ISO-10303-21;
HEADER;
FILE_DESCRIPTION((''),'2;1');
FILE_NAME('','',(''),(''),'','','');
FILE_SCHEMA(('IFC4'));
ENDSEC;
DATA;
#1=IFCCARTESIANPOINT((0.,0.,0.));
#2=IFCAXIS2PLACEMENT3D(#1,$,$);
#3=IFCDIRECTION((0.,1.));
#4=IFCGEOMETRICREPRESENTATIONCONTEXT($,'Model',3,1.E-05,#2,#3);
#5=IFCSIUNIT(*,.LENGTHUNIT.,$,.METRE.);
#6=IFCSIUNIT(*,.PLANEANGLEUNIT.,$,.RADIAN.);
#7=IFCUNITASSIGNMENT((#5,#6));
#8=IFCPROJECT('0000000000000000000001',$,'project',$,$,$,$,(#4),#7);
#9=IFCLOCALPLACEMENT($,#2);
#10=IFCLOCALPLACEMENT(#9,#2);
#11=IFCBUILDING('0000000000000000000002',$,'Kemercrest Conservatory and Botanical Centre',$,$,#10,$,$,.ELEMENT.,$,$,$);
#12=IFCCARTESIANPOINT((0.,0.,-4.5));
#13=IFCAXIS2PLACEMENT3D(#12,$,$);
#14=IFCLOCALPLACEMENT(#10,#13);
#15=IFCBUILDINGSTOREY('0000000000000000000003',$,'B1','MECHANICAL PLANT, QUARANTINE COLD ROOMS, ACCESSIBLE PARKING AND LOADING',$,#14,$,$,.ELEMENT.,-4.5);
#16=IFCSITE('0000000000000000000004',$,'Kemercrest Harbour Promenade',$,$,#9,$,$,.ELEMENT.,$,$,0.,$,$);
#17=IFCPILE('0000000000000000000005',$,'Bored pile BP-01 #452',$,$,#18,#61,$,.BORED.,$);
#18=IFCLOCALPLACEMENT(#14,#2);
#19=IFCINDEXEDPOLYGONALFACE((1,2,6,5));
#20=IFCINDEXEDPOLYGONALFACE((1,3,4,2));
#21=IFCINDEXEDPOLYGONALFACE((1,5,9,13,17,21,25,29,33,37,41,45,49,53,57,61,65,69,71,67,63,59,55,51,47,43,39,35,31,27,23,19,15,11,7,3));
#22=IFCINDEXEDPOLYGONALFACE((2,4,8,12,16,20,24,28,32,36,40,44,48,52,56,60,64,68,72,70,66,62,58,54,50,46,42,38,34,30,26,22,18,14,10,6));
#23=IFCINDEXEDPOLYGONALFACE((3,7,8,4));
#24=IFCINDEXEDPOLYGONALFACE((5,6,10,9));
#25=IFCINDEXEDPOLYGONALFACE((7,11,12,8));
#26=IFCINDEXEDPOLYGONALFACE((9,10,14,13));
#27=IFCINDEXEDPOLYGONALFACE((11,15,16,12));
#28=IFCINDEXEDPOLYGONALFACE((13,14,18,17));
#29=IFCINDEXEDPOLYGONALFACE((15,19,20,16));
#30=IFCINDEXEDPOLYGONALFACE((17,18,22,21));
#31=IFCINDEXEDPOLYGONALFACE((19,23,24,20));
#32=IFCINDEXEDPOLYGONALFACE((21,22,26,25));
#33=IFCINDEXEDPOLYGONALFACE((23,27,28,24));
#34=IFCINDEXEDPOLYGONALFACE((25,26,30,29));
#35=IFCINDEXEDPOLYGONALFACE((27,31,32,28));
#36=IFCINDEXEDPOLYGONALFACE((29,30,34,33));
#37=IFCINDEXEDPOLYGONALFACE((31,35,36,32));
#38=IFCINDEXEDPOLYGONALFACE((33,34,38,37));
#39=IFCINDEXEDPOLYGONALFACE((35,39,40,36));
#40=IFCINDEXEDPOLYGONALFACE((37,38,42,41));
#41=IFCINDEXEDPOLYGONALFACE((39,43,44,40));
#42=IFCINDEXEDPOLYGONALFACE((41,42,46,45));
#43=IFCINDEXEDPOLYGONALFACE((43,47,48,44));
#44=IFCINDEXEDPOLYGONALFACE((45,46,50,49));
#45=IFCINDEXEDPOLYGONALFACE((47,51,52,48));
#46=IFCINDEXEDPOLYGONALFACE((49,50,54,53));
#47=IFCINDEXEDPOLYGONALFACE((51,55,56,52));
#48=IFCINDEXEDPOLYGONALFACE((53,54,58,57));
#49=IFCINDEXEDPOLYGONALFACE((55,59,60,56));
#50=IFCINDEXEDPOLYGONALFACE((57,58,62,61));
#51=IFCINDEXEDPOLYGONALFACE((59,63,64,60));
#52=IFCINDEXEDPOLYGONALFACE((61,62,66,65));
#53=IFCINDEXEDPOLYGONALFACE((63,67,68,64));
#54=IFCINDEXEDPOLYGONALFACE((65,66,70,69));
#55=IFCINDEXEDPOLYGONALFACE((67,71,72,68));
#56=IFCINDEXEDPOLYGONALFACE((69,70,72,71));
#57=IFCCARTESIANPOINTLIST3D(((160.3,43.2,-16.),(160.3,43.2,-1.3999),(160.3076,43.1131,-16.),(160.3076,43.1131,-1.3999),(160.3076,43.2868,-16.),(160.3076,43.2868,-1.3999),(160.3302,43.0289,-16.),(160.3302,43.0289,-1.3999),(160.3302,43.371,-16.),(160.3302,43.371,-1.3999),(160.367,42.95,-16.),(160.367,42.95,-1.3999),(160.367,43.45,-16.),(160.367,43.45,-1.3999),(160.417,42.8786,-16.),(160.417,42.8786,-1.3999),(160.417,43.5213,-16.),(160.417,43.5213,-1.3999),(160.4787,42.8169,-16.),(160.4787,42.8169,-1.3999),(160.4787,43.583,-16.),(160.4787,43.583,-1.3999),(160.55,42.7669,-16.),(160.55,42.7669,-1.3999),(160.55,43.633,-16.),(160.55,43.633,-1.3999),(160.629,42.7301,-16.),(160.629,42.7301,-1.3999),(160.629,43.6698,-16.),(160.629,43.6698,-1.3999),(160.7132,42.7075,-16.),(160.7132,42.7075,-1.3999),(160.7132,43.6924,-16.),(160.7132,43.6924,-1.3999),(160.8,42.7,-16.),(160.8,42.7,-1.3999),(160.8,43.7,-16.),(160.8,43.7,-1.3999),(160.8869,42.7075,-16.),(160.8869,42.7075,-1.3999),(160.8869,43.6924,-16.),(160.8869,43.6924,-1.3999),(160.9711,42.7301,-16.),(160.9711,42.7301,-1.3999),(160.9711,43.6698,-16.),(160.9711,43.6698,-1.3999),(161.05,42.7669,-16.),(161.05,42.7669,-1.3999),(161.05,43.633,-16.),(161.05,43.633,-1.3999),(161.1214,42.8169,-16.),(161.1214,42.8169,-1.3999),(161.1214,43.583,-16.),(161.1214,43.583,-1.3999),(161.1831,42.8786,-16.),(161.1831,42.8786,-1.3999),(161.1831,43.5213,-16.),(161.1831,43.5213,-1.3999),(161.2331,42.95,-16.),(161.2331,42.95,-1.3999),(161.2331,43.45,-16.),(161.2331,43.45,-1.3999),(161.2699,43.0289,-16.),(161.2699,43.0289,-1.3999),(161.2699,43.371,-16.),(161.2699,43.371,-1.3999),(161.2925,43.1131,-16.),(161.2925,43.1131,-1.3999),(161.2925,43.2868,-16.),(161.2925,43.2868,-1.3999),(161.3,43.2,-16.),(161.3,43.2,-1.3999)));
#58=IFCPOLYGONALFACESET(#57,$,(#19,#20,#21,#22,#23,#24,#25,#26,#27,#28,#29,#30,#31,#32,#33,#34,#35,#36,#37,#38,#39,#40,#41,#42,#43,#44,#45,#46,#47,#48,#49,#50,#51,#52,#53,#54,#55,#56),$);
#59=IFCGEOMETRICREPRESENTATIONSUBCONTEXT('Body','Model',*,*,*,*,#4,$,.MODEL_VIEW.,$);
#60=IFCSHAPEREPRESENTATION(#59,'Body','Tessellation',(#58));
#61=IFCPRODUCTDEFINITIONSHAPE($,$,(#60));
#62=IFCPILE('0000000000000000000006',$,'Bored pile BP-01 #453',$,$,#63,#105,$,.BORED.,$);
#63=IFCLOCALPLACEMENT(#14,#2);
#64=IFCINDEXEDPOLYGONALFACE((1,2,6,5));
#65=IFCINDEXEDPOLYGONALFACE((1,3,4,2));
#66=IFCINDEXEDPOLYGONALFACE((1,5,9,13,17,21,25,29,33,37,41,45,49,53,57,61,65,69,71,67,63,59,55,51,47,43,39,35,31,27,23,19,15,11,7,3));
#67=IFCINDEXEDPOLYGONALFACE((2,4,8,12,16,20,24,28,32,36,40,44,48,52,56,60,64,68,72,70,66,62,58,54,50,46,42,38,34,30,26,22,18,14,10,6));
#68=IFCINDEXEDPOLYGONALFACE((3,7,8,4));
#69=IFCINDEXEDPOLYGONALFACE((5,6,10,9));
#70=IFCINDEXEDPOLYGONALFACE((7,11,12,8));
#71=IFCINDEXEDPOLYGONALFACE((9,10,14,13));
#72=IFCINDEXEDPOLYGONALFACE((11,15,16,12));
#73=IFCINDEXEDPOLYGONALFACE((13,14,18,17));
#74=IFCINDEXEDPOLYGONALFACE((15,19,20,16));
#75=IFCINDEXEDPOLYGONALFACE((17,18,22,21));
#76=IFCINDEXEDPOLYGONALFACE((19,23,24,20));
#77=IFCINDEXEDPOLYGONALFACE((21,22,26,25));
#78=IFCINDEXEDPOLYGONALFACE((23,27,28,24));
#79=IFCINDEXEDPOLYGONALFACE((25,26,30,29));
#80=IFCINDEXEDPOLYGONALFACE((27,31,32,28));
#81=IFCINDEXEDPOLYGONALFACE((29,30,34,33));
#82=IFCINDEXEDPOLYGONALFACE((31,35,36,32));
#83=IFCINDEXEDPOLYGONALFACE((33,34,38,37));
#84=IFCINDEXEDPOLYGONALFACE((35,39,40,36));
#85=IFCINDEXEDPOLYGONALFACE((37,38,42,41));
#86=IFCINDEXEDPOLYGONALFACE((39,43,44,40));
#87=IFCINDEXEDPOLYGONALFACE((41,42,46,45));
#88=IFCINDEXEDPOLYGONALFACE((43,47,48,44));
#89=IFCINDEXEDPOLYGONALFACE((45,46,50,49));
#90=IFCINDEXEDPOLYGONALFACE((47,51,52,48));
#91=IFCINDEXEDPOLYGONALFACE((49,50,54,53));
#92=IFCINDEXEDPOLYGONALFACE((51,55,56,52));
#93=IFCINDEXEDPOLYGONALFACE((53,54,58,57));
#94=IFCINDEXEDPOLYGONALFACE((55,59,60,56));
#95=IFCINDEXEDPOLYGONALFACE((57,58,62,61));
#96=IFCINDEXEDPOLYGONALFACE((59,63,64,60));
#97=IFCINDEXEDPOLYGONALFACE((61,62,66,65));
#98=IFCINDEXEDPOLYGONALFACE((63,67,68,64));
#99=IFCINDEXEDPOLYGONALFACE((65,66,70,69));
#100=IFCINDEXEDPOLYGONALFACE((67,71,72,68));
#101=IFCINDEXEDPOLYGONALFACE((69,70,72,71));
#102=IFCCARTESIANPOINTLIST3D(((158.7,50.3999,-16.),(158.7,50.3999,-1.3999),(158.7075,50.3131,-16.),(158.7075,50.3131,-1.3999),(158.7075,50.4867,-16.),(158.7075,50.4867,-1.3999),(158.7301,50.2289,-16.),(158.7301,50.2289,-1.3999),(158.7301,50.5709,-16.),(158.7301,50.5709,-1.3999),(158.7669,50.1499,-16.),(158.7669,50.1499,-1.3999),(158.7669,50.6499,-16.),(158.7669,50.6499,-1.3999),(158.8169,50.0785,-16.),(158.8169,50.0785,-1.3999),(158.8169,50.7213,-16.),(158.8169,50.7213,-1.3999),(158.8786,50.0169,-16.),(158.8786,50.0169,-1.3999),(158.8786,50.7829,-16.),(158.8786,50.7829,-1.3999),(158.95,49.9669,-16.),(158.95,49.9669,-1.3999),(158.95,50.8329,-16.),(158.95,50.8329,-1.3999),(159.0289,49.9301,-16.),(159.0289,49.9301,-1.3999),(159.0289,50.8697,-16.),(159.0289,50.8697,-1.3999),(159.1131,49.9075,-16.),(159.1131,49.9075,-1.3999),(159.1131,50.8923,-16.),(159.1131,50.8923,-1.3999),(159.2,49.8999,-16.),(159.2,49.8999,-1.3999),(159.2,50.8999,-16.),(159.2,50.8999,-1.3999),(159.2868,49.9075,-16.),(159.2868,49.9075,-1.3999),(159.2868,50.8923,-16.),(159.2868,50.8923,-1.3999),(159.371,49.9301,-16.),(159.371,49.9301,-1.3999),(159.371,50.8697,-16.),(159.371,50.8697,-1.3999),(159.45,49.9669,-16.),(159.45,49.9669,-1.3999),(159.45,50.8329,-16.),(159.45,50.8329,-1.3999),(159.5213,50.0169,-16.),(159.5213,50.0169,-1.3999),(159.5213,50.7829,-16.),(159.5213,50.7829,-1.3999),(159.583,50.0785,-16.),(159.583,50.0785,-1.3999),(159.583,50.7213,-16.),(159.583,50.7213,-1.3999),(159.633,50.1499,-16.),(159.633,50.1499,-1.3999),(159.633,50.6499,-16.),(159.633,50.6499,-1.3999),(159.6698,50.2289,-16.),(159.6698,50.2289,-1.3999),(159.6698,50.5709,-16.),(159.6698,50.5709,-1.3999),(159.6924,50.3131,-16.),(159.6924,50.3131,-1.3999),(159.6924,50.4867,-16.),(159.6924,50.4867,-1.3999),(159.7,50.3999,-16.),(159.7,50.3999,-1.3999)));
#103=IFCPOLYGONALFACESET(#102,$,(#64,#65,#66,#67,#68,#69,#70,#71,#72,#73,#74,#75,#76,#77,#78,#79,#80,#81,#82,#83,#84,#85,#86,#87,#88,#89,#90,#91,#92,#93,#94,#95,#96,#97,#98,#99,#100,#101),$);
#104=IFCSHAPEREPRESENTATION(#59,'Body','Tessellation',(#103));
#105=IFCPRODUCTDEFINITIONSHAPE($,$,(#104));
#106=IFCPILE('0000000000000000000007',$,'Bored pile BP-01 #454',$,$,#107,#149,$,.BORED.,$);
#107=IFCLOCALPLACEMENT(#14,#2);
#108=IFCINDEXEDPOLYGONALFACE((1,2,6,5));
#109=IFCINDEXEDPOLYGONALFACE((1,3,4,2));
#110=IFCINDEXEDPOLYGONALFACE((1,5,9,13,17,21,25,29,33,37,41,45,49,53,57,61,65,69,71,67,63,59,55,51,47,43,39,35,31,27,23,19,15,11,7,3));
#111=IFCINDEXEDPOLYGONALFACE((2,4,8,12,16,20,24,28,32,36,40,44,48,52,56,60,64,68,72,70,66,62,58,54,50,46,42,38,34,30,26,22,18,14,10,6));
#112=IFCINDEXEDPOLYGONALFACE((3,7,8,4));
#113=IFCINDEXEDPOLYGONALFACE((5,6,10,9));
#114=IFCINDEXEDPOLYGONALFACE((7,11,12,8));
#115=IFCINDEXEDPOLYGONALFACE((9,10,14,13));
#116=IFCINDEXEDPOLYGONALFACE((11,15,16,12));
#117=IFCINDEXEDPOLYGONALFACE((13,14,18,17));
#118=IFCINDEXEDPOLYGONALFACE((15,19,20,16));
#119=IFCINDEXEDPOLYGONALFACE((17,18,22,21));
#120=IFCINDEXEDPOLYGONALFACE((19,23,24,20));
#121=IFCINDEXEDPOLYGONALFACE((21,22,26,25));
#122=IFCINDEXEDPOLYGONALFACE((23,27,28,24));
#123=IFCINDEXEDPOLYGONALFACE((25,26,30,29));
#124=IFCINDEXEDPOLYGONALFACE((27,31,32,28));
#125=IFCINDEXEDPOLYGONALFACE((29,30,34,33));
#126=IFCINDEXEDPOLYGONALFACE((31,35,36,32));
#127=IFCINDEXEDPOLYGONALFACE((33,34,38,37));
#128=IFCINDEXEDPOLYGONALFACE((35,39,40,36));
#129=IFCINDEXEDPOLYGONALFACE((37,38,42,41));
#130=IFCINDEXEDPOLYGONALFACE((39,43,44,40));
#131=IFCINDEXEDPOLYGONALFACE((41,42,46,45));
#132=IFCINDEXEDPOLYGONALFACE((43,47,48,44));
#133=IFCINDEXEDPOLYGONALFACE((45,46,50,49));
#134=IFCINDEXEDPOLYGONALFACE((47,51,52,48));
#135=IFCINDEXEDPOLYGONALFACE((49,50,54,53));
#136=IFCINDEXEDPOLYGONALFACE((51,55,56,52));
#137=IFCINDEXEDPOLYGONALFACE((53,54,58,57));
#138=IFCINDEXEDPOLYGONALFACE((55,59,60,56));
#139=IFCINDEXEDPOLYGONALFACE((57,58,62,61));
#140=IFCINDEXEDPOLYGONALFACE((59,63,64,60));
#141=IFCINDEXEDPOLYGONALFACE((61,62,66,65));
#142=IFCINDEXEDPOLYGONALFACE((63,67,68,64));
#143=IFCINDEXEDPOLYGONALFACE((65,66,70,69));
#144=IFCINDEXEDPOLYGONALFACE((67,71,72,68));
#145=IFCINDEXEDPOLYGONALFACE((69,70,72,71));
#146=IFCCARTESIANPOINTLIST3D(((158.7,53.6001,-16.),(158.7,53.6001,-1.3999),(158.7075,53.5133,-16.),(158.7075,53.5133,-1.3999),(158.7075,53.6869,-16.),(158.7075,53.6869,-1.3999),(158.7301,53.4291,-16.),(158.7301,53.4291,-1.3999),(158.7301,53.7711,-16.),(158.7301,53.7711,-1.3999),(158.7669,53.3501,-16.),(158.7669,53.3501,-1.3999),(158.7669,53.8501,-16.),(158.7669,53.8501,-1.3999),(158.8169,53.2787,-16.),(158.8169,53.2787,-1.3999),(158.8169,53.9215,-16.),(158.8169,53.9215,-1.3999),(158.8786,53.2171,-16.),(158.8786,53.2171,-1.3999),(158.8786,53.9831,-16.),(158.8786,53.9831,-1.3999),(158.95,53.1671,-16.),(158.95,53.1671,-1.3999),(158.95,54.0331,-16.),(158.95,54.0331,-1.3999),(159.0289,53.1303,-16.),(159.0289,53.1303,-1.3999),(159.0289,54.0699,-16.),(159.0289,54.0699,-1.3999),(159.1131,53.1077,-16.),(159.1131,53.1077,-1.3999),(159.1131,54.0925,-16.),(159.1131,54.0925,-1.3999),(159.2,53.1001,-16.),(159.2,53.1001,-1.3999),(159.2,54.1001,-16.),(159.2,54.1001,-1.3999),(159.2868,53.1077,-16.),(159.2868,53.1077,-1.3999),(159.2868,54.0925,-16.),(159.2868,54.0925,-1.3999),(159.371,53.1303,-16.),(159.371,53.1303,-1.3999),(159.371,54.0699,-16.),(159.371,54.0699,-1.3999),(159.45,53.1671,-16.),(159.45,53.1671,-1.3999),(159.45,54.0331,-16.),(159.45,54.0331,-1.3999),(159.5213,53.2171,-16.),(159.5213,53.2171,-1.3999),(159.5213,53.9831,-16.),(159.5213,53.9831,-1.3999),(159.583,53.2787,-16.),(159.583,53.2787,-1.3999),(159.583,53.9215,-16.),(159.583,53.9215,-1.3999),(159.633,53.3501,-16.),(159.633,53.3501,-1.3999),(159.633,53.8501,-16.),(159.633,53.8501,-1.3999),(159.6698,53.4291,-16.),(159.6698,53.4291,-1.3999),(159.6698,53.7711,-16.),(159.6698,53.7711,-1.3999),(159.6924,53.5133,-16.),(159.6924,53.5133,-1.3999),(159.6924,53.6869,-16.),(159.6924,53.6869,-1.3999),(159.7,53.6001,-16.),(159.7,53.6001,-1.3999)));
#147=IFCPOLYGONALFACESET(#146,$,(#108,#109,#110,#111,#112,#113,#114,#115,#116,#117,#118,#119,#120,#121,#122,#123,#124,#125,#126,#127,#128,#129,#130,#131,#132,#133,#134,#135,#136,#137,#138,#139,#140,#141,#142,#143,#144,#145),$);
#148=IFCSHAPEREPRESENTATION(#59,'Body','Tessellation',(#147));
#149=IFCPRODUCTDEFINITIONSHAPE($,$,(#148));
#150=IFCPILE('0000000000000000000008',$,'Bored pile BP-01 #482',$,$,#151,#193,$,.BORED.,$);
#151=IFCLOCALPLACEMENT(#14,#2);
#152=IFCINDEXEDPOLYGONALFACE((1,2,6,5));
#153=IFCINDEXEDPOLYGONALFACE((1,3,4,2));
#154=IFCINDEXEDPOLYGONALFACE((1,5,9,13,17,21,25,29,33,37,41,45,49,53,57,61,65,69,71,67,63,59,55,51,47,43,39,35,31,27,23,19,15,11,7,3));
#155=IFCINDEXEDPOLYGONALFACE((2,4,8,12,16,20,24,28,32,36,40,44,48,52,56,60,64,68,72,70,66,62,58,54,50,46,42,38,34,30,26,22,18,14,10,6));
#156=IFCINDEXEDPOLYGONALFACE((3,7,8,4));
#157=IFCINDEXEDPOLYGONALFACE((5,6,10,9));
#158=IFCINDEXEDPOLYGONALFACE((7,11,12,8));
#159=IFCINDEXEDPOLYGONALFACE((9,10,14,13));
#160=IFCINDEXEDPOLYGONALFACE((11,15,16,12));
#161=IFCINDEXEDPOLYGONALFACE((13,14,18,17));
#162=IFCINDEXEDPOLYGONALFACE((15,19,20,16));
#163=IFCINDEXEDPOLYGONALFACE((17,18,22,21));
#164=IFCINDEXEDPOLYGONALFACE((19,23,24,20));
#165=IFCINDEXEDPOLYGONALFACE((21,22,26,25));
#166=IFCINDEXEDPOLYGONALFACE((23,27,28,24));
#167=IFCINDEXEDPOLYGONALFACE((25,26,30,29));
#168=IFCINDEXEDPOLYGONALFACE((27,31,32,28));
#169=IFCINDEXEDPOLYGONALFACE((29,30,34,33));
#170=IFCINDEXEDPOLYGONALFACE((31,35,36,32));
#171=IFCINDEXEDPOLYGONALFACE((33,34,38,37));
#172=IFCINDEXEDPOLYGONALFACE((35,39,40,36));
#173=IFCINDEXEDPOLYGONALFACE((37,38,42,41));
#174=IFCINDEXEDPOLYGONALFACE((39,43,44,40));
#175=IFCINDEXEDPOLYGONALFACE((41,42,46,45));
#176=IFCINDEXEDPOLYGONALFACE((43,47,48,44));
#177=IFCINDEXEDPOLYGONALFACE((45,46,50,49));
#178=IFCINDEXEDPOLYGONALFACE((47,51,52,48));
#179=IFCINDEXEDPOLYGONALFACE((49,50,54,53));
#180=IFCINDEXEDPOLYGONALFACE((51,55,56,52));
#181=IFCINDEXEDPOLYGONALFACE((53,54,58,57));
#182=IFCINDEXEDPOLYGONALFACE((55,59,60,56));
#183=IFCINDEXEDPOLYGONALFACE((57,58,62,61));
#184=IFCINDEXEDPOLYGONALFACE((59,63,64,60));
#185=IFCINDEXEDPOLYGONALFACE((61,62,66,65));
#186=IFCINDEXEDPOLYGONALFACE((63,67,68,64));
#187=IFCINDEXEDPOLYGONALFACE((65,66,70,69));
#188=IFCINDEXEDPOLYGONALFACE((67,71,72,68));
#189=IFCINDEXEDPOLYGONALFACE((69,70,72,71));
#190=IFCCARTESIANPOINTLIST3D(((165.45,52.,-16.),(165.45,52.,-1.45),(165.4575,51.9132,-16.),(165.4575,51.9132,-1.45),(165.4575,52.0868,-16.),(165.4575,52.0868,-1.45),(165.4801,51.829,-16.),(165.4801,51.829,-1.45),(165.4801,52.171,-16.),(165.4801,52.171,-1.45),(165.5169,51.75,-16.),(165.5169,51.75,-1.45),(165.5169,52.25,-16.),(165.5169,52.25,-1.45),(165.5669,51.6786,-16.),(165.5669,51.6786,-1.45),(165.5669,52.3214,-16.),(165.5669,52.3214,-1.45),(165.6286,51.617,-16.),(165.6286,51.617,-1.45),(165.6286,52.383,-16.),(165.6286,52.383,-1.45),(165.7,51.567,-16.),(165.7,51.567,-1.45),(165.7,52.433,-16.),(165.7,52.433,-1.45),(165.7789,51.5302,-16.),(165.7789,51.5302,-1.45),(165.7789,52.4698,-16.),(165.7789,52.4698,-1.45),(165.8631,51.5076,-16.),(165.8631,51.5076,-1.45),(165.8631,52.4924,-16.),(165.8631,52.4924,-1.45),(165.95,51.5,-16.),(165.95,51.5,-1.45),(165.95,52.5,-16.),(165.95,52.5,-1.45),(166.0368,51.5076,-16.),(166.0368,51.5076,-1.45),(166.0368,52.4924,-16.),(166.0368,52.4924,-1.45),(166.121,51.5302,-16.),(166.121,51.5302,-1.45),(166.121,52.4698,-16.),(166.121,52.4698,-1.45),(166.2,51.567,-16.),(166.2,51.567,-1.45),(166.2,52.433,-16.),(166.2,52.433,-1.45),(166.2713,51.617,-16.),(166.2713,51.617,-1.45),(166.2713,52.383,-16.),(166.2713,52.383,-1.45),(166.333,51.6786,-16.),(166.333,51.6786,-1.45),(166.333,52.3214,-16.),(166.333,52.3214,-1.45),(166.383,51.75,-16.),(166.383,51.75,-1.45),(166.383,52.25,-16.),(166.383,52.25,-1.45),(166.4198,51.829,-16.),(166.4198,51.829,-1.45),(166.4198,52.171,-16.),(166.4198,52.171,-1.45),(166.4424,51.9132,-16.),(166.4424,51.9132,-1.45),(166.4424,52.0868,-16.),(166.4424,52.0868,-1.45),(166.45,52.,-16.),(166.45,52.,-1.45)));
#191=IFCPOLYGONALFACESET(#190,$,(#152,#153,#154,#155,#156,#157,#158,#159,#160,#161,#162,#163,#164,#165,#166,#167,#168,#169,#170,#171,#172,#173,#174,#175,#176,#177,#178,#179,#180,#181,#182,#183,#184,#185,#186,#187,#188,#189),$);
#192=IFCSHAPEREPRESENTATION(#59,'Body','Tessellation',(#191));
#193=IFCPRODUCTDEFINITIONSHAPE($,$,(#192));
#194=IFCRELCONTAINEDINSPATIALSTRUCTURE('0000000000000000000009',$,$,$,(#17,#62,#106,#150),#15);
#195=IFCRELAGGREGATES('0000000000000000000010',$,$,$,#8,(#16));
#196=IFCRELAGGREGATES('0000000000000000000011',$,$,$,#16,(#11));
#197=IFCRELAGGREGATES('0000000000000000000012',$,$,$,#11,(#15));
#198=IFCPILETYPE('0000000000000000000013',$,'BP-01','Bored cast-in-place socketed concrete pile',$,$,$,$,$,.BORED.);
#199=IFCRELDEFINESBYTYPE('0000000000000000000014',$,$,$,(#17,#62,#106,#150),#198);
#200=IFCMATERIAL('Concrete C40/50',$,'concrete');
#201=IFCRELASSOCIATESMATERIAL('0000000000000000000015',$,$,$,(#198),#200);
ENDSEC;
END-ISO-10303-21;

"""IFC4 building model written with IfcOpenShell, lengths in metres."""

from ifc_helpers import new_model, si_unit, direction, frame, origin, origin_2d, place, context, subcontext, project, spatial, circle, extrude, material, material_profile, profile_set, type_object, element, save


model = new_model("IFC4")

# Units and contexts
model_context = context("Model", 3, precision=1e-05, world=origin(), true_north=direction((0.0, 1.0)))
body_context = subcontext(model_context, "Body", "Model", "MODEL_VIEW")
ifc_project = project(units=[si_unit("LENGTHUNIT", "METRE"), si_unit("PLANEANGLEUNIT", "RADIAN")], contexts=[model_context])

# Site, building, storey
site_placement = place(None, origin())
site = spatial("IfcSite", under=ifc_project, at=site_placement, Name="Kemercrest Harbour Promenade", CompositionType="ELEMENT", RefElevation=0.0)
building_placement = place(site_placement, origin())
building = spatial("IfcBuilding", under=site, at=building_placement, Name="Kemercrest Conservatory and Botanical Centre", CompositionType="ELEMENT")
storey_placement = place(building_placement, frame((0.0, 0.0, -4.5)))
storey = spatial("IfcBuildingStorey", under=building, at=storey_placement, Name="B1", Description="MECHANICAL PLANT, QUARANTINE COLD ROOMS, ACCESSIBLE PARKING AND LOADING", CompositionType="ELEMENT", Elevation=-4.5)

# Piles
ifc_material_1 = material(Name="Concrete C40/50", Category="concrete")
ifc_material_profile_1 = material_profile(ifc_material_1, circle(Radius=0.5, at=origin_2d()), Name="BORED PILE 1000")
ifc_profile_set_1 = profile_set([ifc_material_profile_1], Name="Concrete C40/50")
pile_type_1 = type_object("IfcPileType", Name="BP-01", Description="Bored cast-in-place socketed concrete pile", PredefinedType="BORED", material=ifc_profile_set_1)
for number, where, z_axis, x_axis, name in (
    (1, (160.8, 43.2, -1.3999), (0.0, 0.0, -1.0), (1.0, 0.0, 0.0), "Bored pile BP-01 #452"),
    (2, (159.2, 50.3999, -1.3999), (0.0, 0.0, -1.0), (1.0, 0.0, 0.0), "Bored pile BP-01 #453"),
    (3, (159.2, 53.6001, -1.3999), (0.0, 0.0, -1.0), (1.0, 0.0, 0.0), "Bored pile BP-01 #454"),
):
    element("IfcPile", number, at=place(storey_placement, frame(where, z_axis=z_axis, x_axis=x_axis)), inside=storey, type_object=pile_type_1, Name=name, PredefinedType="BORED", context=body_context, shape_type="SweptSolid", body=[
        extrude(circle(Radius=0.5, at=origin_2d()), origin(), (0.0, 0.0, 1.0), 14.6001),
    ])
for number, where, z_axis, x_axis, name in (
    (4, (165.95, 52.0, -1.45), (0.0, 0.0, -1.0), (1.0, 0.0, 0.0), "Bored pile BP-01 #482"),
):
    element("IfcPile", number, at=place(storey_placement, frame(where, z_axis=z_axis, x_axis=x_axis)), inside=storey, type_object=pile_type_1, Name=name, PredefinedType="BORED", context=body_context, shape_type="SweptSolid", body=[
        extrude(circle(Radius=0.5, at=origin_2d()), origin(), (0.0, 0.0, 1.0), 14.55),
    ])

save(model, "model.ifc")
